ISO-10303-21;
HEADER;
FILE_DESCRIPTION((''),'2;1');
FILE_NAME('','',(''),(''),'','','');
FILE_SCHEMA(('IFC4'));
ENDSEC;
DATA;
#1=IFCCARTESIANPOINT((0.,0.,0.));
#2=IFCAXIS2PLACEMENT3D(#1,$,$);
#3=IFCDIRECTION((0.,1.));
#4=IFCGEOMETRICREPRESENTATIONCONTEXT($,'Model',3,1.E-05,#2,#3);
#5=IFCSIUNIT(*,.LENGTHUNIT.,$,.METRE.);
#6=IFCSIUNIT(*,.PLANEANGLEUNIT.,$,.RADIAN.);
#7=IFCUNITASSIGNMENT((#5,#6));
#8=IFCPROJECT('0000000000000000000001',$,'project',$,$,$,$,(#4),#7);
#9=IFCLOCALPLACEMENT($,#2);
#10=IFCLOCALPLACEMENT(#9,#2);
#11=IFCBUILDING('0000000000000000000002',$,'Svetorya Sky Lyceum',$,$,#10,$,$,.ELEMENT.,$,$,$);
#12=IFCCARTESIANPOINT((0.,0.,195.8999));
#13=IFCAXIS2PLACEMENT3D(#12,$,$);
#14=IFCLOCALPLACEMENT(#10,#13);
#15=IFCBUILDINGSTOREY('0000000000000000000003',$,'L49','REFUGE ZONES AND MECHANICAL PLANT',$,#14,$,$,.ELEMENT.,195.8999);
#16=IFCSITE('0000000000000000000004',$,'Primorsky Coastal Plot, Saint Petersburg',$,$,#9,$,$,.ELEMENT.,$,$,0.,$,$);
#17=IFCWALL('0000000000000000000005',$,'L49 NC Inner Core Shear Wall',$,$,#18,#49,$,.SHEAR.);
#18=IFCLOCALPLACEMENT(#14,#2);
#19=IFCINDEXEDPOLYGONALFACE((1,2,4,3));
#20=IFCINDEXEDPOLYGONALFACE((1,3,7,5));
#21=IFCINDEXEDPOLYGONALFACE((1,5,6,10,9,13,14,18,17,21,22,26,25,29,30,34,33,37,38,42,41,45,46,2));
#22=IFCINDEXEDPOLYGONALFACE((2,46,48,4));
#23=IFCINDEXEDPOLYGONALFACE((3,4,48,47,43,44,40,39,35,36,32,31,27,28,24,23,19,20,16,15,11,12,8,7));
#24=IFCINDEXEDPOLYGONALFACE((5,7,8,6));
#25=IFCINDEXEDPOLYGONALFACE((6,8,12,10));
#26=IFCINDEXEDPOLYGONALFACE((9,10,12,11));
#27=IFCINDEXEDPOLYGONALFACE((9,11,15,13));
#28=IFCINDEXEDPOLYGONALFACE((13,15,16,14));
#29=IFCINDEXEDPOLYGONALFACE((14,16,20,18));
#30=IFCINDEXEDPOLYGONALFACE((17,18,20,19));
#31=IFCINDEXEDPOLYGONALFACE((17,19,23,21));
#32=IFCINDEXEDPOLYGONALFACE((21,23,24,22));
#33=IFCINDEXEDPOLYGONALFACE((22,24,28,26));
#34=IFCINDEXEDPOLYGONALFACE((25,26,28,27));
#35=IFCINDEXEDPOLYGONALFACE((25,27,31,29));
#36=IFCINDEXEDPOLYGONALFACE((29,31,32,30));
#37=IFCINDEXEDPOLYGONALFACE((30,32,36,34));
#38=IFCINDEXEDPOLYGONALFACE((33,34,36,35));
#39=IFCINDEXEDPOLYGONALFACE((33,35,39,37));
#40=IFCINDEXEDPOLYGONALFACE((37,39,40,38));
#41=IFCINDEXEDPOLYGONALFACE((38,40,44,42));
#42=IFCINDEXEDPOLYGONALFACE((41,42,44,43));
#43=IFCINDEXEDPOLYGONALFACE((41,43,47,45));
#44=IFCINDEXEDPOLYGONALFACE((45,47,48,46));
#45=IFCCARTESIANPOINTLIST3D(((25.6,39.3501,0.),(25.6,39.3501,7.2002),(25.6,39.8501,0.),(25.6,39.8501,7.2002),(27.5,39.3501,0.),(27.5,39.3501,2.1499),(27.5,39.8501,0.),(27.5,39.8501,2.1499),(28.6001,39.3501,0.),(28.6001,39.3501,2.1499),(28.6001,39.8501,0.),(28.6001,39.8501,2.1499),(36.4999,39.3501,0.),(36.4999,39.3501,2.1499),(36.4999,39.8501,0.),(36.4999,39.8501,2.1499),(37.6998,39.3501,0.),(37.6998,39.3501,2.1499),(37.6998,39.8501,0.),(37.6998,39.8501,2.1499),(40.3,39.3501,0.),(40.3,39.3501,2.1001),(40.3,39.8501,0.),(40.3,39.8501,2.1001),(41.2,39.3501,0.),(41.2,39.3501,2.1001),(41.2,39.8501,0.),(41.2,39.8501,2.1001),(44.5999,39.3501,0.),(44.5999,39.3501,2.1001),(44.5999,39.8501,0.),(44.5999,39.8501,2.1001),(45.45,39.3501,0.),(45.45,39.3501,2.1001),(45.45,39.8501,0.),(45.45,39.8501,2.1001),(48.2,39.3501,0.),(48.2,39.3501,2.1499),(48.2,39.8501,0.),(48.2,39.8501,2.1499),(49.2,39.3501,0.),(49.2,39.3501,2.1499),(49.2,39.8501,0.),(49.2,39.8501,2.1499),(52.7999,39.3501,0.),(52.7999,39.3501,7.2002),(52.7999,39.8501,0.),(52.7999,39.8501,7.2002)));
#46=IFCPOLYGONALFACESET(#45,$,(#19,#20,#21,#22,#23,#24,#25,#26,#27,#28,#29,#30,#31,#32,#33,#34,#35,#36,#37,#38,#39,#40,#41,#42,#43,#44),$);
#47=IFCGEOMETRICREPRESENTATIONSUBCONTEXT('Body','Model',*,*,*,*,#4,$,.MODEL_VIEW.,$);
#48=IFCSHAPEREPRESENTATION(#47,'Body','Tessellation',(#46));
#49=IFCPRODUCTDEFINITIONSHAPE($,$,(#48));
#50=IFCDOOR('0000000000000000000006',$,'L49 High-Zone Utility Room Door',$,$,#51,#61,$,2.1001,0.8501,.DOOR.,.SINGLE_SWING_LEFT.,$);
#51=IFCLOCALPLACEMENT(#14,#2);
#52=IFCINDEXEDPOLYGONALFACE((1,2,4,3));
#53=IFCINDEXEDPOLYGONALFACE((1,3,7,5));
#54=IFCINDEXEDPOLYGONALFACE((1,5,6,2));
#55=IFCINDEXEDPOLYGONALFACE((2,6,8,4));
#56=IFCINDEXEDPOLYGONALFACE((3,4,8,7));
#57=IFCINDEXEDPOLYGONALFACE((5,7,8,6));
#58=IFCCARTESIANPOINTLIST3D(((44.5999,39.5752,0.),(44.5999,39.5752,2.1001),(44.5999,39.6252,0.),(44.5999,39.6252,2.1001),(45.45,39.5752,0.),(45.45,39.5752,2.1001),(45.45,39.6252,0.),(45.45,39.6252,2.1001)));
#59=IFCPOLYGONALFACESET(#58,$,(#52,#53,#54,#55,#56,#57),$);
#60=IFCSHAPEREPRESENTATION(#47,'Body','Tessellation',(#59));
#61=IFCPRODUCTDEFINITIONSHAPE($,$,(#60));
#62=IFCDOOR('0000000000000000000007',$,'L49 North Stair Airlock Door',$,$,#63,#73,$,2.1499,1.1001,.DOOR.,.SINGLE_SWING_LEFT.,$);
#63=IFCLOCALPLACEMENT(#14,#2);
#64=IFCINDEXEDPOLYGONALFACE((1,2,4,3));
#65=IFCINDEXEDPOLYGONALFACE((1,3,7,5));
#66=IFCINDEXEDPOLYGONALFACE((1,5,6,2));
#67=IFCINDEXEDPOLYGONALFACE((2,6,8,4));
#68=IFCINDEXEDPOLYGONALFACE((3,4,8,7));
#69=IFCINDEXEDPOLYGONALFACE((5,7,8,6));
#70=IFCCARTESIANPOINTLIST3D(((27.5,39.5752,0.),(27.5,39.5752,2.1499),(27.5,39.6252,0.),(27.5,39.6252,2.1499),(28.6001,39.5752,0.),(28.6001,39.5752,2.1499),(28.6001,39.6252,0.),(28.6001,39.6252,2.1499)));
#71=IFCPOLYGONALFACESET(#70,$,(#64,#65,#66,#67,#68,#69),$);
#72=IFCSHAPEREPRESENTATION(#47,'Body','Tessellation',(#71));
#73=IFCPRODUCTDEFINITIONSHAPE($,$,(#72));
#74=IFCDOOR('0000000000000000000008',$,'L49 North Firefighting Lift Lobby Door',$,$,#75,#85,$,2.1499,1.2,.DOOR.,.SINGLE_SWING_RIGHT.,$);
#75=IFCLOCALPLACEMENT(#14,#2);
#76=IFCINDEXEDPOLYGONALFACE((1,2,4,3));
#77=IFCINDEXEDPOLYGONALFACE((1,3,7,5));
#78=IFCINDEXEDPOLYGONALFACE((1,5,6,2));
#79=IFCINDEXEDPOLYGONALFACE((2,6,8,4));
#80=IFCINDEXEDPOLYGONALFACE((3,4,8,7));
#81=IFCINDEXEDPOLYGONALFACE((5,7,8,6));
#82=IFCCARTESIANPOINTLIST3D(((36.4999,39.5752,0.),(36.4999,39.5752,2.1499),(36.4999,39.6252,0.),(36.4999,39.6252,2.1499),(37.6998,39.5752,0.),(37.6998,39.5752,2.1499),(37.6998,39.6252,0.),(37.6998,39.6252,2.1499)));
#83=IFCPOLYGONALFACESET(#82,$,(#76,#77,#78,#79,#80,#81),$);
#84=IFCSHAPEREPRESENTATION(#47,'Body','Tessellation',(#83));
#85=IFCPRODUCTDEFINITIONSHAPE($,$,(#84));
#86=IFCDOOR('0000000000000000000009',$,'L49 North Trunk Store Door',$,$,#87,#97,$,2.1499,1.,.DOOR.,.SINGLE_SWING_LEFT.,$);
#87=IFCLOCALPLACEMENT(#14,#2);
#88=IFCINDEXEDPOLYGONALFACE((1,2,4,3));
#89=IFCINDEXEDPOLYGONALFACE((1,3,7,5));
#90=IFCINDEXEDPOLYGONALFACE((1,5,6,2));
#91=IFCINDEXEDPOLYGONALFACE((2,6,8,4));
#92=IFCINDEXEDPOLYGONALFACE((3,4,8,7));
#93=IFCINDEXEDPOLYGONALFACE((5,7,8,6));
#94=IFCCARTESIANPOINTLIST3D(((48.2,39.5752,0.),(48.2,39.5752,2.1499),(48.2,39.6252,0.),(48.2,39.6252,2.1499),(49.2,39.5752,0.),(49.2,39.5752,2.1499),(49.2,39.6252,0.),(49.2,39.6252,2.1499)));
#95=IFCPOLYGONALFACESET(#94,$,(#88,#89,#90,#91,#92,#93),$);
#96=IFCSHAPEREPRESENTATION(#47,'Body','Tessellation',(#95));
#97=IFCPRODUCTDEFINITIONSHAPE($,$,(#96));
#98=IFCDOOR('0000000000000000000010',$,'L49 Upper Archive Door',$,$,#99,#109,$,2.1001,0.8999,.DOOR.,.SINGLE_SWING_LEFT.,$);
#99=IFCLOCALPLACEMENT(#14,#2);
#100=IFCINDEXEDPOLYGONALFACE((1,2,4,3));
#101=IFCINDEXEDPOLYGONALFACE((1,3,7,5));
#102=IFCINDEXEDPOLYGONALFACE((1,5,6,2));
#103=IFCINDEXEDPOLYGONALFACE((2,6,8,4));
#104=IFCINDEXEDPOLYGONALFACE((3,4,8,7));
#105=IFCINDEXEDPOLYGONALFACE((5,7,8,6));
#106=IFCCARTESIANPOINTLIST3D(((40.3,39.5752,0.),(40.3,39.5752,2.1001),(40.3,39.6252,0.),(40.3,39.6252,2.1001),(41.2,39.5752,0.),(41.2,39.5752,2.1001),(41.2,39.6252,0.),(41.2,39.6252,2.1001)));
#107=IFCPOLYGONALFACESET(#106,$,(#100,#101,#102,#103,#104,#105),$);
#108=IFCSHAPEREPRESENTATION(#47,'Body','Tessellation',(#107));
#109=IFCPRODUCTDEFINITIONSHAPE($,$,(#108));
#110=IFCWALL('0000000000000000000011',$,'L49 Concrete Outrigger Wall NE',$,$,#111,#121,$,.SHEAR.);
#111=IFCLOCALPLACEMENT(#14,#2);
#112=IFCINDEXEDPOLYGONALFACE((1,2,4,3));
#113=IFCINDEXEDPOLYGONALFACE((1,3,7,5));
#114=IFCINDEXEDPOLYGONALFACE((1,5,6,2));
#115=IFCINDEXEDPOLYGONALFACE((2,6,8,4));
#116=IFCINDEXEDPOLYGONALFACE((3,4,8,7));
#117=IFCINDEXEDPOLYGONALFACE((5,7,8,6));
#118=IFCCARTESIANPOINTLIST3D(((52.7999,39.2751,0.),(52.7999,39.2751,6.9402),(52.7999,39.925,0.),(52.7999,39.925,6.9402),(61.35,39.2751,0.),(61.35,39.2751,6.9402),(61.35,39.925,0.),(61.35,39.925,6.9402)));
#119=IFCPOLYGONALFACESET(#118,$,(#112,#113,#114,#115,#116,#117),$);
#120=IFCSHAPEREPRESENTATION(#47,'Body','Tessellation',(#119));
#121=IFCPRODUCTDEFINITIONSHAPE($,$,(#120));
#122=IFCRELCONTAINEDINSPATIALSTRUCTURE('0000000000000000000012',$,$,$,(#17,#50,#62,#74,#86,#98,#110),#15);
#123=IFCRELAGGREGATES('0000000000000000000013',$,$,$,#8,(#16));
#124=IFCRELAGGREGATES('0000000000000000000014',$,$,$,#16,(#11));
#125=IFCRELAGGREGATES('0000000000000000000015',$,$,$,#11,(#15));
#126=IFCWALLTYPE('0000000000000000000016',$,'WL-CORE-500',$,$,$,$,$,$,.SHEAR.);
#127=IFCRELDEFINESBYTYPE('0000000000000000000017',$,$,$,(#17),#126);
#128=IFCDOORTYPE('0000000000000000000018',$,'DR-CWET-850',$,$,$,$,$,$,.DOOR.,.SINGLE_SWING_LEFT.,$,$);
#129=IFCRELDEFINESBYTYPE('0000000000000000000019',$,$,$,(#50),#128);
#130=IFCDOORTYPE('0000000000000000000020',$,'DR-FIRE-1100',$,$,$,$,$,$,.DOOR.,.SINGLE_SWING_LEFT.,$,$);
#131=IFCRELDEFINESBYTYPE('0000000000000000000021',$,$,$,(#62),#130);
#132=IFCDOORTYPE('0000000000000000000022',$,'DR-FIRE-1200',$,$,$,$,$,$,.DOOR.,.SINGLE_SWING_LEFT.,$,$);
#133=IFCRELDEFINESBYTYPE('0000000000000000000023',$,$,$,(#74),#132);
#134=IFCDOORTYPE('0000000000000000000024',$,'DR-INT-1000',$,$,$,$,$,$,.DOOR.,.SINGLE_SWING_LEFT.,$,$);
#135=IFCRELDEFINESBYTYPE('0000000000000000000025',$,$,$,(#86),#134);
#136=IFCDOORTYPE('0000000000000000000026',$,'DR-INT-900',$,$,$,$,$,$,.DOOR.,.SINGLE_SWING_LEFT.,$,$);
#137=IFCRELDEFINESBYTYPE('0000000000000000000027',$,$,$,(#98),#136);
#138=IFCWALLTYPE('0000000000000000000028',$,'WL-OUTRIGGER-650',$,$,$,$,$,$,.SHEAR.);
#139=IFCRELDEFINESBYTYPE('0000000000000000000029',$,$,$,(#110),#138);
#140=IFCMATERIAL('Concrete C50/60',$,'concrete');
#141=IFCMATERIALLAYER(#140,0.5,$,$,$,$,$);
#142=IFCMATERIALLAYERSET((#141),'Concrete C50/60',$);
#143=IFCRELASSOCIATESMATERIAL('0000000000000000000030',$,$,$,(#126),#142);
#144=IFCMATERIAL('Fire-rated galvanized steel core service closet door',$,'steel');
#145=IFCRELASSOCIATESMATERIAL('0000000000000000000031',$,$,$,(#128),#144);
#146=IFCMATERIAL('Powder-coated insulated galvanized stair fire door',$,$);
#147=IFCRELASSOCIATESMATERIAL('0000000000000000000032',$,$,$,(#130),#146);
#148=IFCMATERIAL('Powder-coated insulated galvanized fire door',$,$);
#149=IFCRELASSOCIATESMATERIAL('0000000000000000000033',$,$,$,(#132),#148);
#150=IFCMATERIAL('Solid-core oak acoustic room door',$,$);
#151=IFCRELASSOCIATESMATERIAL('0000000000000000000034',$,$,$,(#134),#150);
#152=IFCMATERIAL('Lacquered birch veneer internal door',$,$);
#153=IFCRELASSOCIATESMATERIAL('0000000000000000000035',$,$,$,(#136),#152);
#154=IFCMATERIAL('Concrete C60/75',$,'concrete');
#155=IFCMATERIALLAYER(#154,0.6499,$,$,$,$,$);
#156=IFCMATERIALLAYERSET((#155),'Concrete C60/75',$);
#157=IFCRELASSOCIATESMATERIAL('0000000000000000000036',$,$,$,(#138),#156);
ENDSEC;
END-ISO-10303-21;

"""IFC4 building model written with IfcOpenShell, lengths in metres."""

from ifc_helpers import new_model, si_unit, direction, frame, frame_2d, origin, place, context, subcontext, project, spatial, rectangle, extrude, material, layer, layer_set, type_object, element, fill, save


model = new_model("IFC4")

# Units and contexts
model_context = context("Model", 3, precision=1e-05, world=origin(), true_north=direction((0.0, 1.0)))
body_context = subcontext(model_context, "Body", "Model", "MODEL_VIEW")
ifc_project = project(units=[si_unit("LENGTHUNIT", "METRE"), si_unit("PLANEANGLEUNIT", "RADIAN")], contexts=[model_context])

# Site, building, storey
site_placement = place(None, origin())
site = spatial("IfcSite", under=ifc_project, at=site_placement, Name="Primorsky Coastal Plot, Saint Petersburg", CompositionType="ELEMENT", RefElevation=0.0)
building_placement = place(site_placement, origin())
building = spatial("IfcBuilding", under=site, at=building_placement, Name="Svetorya Sky Lyceum", CompositionType="ELEMENT")
storey_placement = place(building_placement, frame((0.0, 0.0, 195.8999)))
storey = spatial("IfcBuildingStorey", under=building, at=storey_placement, Name="L49", Description="REFUGE ZONES AND MECHANICAL PLANT", CompositionType="ELEMENT", Elevation=195.8999)

# Shared definitions
ifc_material_1 = material(Name="Concrete C50/60", Category="concrete")

# Wall, openings, doors
ifc_layer_1 = layer(ifc_material_1, 0.5)
ifc_layer_set_1 = layer_set([ifc_layer_1], Name="Concrete C50/60")
wall_type_1 = type_object("IfcWallType", Name="WL-CORE-500", PredefinedType="SHEAR", material=ifc_layer_set_1)
wall_1_placement = place(storey_placement, frame((52.8, 39.6001, 0.0), z_axis=(0.0, 0.0, 1.0), x_axis=(-1.0, 0.0, 0.0)))
wall_1 = element("IfcWall", 1, at=wall_1_placement, inside=storey, type_object=wall_type_1, Name="L49 NC Inner Core Shear Wall", PredefinedType="SHEAR", context=body_context, shape_type="SweptSolid", body=[
    extrude(rectangle(XDim=27.2, YDim=0.5, at=frame_2d((13.6001, 0.0))), origin(), (0.0, 0.0, 1.0), 7.2002),
])
opening_1_placement = place(wall_1_placement, frame((24.2, 0.0, 0.0)))
opening_1 = element("IfcOpeningElement", 2, at=opening_1_placement, cuts=wall_1, PredefinedType="OPENING", context=body_context, shape_type="SweptSolid", body=[
    extrude(rectangle(XDim=1.1001, YDim=2.1499, at=frame_2d((0.55, 1.075))), frame((0.0, 0.26, 0.0), z_axis=(0.0, -1.0, 0.0), x_axis=(1.0, 0.0, 0.0)), (0.0, 0.0, 1.0), 0.52),
])
opening_2_placement = place(wall_1_placement, frame((15.1001, 0.0, 0.0)))
opening_2 = element("IfcOpeningElement", 3, at=opening_2_placement, cuts=wall_1, PredefinedType="OPENING", context=body_context, shape_type="SweptSolid", body=[
    extrude(rectangle(XDim=1.2, YDim=2.1499, at=frame_2d((0.6001, 1.075))), frame((0.0, 0.26, 0.0), z_axis=(0.0, -1.0, 0.0), x_axis=(1.0, 0.0, 0.0)), (0.0, 0.0, 1.0), 0.52),
])
opening_3_placement = place(wall_1_placement, frame((11.6001, 0.0, 0.0)))
opening_3 = element("IfcOpeningElement", 4, at=opening_3_placement, cuts=wall_1, PredefinedType="OPENING", context=body_context, shape_type="SweptSolid", body=[
    extrude(rectangle(XDim=0.8999, YDim=2.1001, at=frame_2d((0.45, 1.05))), frame((0.0, 0.26, 0.0), z_axis=(0.0, -1.0, 0.0), x_axis=(1.0, 0.0, 0.0)), (0.0, 0.0, 1.0), 0.52),
])
opening_4_placement = place(wall_1_placement, frame((7.3501, 0.0, 0.0)))
opening_4 = element("IfcOpeningElement", 5, at=opening_4_placement, cuts=wall_1, PredefinedType="OPENING", context=body_context, shape_type="SweptSolid", body=[
    extrude(rectangle(XDim=0.8501, YDim=2.1001, at=frame_2d((0.425, 1.05))), frame((0.0, 0.26, 0.0), z_axis=(0.0, -1.0, 0.0), x_axis=(1.0, 0.0, 0.0)), (0.0, 0.0, 1.0), 0.52),
])
opening_5_placement = place(wall_1_placement, frame((3.6001, 0.0, 0.0)))
opening_5 = element("IfcOpeningElement", 6, at=opening_5_placement, cuts=wall_1, PredefinedType="OPENING", context=body_context, shape_type="SweptSolid", body=[
    extrude(rectangle(XDim=1.0, YDim=2.1499, at=frame_2d((0.5, 1.075))), frame((0.0, 0.26, 0.0), z_axis=(0.0, -1.0, 0.0), x_axis=(1.0, 0.0, 0.0)), (0.0, 0.0, 1.0), 0.52),
])
ifc_material_2 = material(Name="Fire-rated galvanized steel core service closet door", Category="steel")
door_type_1 = type_object("IfcDoorType", Name="DR-CWET-850", OperationType="SINGLE_SWING_LEFT", PredefinedType="DOOR", material=ifc_material_2)
door_1_placement = place(opening_4_placement, origin())
door_1 = element("IfcDoor", 7, at=door_1_placement, inside=storey, type_object=door_type_1, Name="L49 High-Zone Utility Room Door", OperationType="SINGLE_SWING_LEFT", OverallHeight=2.1001, OverallWidth=0.8501, PredefinedType="DOOR", context=body_context, shape_type="SweptSolid", body=[
    extrude(rectangle(XDim=0.8501, YDim=2.1001, at=frame_2d((0.425, 1.05))), frame((0.0, 0.0249, 0.0), z_axis=(0.0, -1.0, 0.0), x_axis=(1.0, 0.0, 0.0)), (0.0, 0.0, 1.0), 0.05),
])
fill(opening_4, door_1)
ifc_material_3 = material(Name="Powder-coated insulated galvanized stair fire door")
door_type_2 = type_object("IfcDoorType", Name="DR-FIRE-1100", OperationType="SINGLE_SWING_LEFT", PredefinedType="DOOR", material=ifc_material_3)
door_2_placement = place(opening_1_placement, origin())
door_2 = element("IfcDoor", 8, at=door_2_placement, inside=storey, type_object=door_type_2, Name="L49 North Stair Airlock Door", OperationType="SINGLE_SWING_LEFT", OverallHeight=2.1499, OverallWidth=1.1001, PredefinedType="DOOR", context=body_context, shape_type="SweptSolid", body=[
    extrude(rectangle(XDim=1.1001, YDim=2.1499, at=frame_2d((0.55, 1.075))), frame((0.0, 0.0249, 0.0), z_axis=(0.0, -1.0, 0.0), x_axis=(1.0, 0.0, 0.0)), (0.0, 0.0, 1.0), 0.05),
])
fill(opening_1, door_2)
ifc_material_4 = material(Name="Powder-coated insulated galvanized fire door")
door_type_3 = type_object("IfcDoorType", Name="DR-FIRE-1200", OperationType="SINGLE_SWING_LEFT", PredefinedType="DOOR", material=ifc_material_4)
door_3_placement = place(opening_2_placement, origin())
door_3 = element("IfcDoor", 9, at=door_3_placement, inside=storey, type_object=door_type_3, Name="L49 North Firefighting Lift Lobby Door", OperationType="SINGLE_SWING_RIGHT", OverallHeight=2.1499, OverallWidth=1.2, PredefinedType="DOOR", context=body_context, shape_type="SweptSolid", body=[
    extrude(rectangle(XDim=1.2, YDim=2.1499, at=frame_2d((0.6001, 1.075))), frame((0.0, 0.0249, 0.0), z_axis=(0.0, -1.0, 0.0), x_axis=(1.0, 0.0, 0.0)), (0.0, 0.0, 1.0), 0.05),
])
fill(opening_2, door_3)
ifc_material_5 = material(Name="Solid-core oak acoustic room door")
door_type_4 = type_object("IfcDoorType", Name="DR-INT-1000", OperationType="SINGLE_SWING_LEFT", PredefinedType="DOOR", material=ifc_material_5)
door_4_placement = place(opening_5_placement, origin())
door_4 = element("IfcDoor", 10, at=door_4_placement, inside=storey, type_object=door_type_4, Name="L49 North Trunk Store Door", OperationType="SINGLE_SWING_LEFT", OverallHeight=2.1499, OverallWidth=1.0, PredefinedType="DOOR", context=body_context, shape_type="SweptSolid", body=[
    extrude(rectangle(XDim=1.0, YDim=2.1499, at=frame_2d((0.5, 1.075))), frame((0.0, 0.0249, 0.0), z_axis=(0.0, -1.0, 0.0), x_axis=(1.0, 0.0, 0.0)), (0.0, 0.0, 1.0), 0.05),
])
fill(opening_5, door_4)
ifc_material_6 = material(Name="Lacquered birch veneer internal door")
door_type_5 = type_object("IfcDoorType", Name="DR-INT-900", OperationType="SINGLE_SWING_LEFT", PredefinedType="DOOR", material=ifc_material_6)
door_5_placement = place(opening_3_placement, origin())
door_5 = element("IfcDoor", 11, at=door_5_placement, inside=storey, type_object=door_type_5, Name="L49 Upper Archive Door", OperationType="SINGLE_SWING_LEFT", OverallHeight=2.1001, OverallWidth=0.8999, PredefinedType="DOOR", context=body_context, shape_type="SweptSolid", body=[
    extrude(rectangle(XDim=0.8999, YDim=2.1001, at=frame_2d((0.45, 1.05))), frame((0.0, 0.0249, 0.0), z_axis=(0.0, -1.0, 0.0), x_axis=(1.0, 0.0, 0.0)), (0.0, 0.0, 1.0), 0.05),
])
fill(opening_3, door_5)

# Wall
ifc_material_7 = material(Name="Concrete C60/75", Category="concrete")
ifc_layer_2 = layer(ifc_material_7, 0.6499)
ifc_layer_set_2 = layer_set([ifc_layer_2], Name="Concrete C60/75")
wall_type_2 = type_object("IfcWallType", Name="WL-OUTRIGGER-650", PredefinedType="SHEAR", material=ifc_layer_set_2)
wall_2_placement = place(storey_placement, frame((52.8, 39.6001, 0.0), z_axis=(0.0, 0.0, 1.0), x_axis=(1.0, 0.0, 0.0)))
element("IfcWall", 12, at=wall_2_placement, inside=storey, type_object=wall_type_2, Name="L49 Concrete Outrigger Wall NE", PredefinedType="SHEAR", context=body_context, shape_type="SweptSolid", body=[
    extrude(rectangle(XDim=8.55, YDim=0.6499, at=frame_2d((4.2749, 0.0))), origin(), (0.0, 0.0, 1.0), 6.9402),
])

save(model, "model.ifc")
